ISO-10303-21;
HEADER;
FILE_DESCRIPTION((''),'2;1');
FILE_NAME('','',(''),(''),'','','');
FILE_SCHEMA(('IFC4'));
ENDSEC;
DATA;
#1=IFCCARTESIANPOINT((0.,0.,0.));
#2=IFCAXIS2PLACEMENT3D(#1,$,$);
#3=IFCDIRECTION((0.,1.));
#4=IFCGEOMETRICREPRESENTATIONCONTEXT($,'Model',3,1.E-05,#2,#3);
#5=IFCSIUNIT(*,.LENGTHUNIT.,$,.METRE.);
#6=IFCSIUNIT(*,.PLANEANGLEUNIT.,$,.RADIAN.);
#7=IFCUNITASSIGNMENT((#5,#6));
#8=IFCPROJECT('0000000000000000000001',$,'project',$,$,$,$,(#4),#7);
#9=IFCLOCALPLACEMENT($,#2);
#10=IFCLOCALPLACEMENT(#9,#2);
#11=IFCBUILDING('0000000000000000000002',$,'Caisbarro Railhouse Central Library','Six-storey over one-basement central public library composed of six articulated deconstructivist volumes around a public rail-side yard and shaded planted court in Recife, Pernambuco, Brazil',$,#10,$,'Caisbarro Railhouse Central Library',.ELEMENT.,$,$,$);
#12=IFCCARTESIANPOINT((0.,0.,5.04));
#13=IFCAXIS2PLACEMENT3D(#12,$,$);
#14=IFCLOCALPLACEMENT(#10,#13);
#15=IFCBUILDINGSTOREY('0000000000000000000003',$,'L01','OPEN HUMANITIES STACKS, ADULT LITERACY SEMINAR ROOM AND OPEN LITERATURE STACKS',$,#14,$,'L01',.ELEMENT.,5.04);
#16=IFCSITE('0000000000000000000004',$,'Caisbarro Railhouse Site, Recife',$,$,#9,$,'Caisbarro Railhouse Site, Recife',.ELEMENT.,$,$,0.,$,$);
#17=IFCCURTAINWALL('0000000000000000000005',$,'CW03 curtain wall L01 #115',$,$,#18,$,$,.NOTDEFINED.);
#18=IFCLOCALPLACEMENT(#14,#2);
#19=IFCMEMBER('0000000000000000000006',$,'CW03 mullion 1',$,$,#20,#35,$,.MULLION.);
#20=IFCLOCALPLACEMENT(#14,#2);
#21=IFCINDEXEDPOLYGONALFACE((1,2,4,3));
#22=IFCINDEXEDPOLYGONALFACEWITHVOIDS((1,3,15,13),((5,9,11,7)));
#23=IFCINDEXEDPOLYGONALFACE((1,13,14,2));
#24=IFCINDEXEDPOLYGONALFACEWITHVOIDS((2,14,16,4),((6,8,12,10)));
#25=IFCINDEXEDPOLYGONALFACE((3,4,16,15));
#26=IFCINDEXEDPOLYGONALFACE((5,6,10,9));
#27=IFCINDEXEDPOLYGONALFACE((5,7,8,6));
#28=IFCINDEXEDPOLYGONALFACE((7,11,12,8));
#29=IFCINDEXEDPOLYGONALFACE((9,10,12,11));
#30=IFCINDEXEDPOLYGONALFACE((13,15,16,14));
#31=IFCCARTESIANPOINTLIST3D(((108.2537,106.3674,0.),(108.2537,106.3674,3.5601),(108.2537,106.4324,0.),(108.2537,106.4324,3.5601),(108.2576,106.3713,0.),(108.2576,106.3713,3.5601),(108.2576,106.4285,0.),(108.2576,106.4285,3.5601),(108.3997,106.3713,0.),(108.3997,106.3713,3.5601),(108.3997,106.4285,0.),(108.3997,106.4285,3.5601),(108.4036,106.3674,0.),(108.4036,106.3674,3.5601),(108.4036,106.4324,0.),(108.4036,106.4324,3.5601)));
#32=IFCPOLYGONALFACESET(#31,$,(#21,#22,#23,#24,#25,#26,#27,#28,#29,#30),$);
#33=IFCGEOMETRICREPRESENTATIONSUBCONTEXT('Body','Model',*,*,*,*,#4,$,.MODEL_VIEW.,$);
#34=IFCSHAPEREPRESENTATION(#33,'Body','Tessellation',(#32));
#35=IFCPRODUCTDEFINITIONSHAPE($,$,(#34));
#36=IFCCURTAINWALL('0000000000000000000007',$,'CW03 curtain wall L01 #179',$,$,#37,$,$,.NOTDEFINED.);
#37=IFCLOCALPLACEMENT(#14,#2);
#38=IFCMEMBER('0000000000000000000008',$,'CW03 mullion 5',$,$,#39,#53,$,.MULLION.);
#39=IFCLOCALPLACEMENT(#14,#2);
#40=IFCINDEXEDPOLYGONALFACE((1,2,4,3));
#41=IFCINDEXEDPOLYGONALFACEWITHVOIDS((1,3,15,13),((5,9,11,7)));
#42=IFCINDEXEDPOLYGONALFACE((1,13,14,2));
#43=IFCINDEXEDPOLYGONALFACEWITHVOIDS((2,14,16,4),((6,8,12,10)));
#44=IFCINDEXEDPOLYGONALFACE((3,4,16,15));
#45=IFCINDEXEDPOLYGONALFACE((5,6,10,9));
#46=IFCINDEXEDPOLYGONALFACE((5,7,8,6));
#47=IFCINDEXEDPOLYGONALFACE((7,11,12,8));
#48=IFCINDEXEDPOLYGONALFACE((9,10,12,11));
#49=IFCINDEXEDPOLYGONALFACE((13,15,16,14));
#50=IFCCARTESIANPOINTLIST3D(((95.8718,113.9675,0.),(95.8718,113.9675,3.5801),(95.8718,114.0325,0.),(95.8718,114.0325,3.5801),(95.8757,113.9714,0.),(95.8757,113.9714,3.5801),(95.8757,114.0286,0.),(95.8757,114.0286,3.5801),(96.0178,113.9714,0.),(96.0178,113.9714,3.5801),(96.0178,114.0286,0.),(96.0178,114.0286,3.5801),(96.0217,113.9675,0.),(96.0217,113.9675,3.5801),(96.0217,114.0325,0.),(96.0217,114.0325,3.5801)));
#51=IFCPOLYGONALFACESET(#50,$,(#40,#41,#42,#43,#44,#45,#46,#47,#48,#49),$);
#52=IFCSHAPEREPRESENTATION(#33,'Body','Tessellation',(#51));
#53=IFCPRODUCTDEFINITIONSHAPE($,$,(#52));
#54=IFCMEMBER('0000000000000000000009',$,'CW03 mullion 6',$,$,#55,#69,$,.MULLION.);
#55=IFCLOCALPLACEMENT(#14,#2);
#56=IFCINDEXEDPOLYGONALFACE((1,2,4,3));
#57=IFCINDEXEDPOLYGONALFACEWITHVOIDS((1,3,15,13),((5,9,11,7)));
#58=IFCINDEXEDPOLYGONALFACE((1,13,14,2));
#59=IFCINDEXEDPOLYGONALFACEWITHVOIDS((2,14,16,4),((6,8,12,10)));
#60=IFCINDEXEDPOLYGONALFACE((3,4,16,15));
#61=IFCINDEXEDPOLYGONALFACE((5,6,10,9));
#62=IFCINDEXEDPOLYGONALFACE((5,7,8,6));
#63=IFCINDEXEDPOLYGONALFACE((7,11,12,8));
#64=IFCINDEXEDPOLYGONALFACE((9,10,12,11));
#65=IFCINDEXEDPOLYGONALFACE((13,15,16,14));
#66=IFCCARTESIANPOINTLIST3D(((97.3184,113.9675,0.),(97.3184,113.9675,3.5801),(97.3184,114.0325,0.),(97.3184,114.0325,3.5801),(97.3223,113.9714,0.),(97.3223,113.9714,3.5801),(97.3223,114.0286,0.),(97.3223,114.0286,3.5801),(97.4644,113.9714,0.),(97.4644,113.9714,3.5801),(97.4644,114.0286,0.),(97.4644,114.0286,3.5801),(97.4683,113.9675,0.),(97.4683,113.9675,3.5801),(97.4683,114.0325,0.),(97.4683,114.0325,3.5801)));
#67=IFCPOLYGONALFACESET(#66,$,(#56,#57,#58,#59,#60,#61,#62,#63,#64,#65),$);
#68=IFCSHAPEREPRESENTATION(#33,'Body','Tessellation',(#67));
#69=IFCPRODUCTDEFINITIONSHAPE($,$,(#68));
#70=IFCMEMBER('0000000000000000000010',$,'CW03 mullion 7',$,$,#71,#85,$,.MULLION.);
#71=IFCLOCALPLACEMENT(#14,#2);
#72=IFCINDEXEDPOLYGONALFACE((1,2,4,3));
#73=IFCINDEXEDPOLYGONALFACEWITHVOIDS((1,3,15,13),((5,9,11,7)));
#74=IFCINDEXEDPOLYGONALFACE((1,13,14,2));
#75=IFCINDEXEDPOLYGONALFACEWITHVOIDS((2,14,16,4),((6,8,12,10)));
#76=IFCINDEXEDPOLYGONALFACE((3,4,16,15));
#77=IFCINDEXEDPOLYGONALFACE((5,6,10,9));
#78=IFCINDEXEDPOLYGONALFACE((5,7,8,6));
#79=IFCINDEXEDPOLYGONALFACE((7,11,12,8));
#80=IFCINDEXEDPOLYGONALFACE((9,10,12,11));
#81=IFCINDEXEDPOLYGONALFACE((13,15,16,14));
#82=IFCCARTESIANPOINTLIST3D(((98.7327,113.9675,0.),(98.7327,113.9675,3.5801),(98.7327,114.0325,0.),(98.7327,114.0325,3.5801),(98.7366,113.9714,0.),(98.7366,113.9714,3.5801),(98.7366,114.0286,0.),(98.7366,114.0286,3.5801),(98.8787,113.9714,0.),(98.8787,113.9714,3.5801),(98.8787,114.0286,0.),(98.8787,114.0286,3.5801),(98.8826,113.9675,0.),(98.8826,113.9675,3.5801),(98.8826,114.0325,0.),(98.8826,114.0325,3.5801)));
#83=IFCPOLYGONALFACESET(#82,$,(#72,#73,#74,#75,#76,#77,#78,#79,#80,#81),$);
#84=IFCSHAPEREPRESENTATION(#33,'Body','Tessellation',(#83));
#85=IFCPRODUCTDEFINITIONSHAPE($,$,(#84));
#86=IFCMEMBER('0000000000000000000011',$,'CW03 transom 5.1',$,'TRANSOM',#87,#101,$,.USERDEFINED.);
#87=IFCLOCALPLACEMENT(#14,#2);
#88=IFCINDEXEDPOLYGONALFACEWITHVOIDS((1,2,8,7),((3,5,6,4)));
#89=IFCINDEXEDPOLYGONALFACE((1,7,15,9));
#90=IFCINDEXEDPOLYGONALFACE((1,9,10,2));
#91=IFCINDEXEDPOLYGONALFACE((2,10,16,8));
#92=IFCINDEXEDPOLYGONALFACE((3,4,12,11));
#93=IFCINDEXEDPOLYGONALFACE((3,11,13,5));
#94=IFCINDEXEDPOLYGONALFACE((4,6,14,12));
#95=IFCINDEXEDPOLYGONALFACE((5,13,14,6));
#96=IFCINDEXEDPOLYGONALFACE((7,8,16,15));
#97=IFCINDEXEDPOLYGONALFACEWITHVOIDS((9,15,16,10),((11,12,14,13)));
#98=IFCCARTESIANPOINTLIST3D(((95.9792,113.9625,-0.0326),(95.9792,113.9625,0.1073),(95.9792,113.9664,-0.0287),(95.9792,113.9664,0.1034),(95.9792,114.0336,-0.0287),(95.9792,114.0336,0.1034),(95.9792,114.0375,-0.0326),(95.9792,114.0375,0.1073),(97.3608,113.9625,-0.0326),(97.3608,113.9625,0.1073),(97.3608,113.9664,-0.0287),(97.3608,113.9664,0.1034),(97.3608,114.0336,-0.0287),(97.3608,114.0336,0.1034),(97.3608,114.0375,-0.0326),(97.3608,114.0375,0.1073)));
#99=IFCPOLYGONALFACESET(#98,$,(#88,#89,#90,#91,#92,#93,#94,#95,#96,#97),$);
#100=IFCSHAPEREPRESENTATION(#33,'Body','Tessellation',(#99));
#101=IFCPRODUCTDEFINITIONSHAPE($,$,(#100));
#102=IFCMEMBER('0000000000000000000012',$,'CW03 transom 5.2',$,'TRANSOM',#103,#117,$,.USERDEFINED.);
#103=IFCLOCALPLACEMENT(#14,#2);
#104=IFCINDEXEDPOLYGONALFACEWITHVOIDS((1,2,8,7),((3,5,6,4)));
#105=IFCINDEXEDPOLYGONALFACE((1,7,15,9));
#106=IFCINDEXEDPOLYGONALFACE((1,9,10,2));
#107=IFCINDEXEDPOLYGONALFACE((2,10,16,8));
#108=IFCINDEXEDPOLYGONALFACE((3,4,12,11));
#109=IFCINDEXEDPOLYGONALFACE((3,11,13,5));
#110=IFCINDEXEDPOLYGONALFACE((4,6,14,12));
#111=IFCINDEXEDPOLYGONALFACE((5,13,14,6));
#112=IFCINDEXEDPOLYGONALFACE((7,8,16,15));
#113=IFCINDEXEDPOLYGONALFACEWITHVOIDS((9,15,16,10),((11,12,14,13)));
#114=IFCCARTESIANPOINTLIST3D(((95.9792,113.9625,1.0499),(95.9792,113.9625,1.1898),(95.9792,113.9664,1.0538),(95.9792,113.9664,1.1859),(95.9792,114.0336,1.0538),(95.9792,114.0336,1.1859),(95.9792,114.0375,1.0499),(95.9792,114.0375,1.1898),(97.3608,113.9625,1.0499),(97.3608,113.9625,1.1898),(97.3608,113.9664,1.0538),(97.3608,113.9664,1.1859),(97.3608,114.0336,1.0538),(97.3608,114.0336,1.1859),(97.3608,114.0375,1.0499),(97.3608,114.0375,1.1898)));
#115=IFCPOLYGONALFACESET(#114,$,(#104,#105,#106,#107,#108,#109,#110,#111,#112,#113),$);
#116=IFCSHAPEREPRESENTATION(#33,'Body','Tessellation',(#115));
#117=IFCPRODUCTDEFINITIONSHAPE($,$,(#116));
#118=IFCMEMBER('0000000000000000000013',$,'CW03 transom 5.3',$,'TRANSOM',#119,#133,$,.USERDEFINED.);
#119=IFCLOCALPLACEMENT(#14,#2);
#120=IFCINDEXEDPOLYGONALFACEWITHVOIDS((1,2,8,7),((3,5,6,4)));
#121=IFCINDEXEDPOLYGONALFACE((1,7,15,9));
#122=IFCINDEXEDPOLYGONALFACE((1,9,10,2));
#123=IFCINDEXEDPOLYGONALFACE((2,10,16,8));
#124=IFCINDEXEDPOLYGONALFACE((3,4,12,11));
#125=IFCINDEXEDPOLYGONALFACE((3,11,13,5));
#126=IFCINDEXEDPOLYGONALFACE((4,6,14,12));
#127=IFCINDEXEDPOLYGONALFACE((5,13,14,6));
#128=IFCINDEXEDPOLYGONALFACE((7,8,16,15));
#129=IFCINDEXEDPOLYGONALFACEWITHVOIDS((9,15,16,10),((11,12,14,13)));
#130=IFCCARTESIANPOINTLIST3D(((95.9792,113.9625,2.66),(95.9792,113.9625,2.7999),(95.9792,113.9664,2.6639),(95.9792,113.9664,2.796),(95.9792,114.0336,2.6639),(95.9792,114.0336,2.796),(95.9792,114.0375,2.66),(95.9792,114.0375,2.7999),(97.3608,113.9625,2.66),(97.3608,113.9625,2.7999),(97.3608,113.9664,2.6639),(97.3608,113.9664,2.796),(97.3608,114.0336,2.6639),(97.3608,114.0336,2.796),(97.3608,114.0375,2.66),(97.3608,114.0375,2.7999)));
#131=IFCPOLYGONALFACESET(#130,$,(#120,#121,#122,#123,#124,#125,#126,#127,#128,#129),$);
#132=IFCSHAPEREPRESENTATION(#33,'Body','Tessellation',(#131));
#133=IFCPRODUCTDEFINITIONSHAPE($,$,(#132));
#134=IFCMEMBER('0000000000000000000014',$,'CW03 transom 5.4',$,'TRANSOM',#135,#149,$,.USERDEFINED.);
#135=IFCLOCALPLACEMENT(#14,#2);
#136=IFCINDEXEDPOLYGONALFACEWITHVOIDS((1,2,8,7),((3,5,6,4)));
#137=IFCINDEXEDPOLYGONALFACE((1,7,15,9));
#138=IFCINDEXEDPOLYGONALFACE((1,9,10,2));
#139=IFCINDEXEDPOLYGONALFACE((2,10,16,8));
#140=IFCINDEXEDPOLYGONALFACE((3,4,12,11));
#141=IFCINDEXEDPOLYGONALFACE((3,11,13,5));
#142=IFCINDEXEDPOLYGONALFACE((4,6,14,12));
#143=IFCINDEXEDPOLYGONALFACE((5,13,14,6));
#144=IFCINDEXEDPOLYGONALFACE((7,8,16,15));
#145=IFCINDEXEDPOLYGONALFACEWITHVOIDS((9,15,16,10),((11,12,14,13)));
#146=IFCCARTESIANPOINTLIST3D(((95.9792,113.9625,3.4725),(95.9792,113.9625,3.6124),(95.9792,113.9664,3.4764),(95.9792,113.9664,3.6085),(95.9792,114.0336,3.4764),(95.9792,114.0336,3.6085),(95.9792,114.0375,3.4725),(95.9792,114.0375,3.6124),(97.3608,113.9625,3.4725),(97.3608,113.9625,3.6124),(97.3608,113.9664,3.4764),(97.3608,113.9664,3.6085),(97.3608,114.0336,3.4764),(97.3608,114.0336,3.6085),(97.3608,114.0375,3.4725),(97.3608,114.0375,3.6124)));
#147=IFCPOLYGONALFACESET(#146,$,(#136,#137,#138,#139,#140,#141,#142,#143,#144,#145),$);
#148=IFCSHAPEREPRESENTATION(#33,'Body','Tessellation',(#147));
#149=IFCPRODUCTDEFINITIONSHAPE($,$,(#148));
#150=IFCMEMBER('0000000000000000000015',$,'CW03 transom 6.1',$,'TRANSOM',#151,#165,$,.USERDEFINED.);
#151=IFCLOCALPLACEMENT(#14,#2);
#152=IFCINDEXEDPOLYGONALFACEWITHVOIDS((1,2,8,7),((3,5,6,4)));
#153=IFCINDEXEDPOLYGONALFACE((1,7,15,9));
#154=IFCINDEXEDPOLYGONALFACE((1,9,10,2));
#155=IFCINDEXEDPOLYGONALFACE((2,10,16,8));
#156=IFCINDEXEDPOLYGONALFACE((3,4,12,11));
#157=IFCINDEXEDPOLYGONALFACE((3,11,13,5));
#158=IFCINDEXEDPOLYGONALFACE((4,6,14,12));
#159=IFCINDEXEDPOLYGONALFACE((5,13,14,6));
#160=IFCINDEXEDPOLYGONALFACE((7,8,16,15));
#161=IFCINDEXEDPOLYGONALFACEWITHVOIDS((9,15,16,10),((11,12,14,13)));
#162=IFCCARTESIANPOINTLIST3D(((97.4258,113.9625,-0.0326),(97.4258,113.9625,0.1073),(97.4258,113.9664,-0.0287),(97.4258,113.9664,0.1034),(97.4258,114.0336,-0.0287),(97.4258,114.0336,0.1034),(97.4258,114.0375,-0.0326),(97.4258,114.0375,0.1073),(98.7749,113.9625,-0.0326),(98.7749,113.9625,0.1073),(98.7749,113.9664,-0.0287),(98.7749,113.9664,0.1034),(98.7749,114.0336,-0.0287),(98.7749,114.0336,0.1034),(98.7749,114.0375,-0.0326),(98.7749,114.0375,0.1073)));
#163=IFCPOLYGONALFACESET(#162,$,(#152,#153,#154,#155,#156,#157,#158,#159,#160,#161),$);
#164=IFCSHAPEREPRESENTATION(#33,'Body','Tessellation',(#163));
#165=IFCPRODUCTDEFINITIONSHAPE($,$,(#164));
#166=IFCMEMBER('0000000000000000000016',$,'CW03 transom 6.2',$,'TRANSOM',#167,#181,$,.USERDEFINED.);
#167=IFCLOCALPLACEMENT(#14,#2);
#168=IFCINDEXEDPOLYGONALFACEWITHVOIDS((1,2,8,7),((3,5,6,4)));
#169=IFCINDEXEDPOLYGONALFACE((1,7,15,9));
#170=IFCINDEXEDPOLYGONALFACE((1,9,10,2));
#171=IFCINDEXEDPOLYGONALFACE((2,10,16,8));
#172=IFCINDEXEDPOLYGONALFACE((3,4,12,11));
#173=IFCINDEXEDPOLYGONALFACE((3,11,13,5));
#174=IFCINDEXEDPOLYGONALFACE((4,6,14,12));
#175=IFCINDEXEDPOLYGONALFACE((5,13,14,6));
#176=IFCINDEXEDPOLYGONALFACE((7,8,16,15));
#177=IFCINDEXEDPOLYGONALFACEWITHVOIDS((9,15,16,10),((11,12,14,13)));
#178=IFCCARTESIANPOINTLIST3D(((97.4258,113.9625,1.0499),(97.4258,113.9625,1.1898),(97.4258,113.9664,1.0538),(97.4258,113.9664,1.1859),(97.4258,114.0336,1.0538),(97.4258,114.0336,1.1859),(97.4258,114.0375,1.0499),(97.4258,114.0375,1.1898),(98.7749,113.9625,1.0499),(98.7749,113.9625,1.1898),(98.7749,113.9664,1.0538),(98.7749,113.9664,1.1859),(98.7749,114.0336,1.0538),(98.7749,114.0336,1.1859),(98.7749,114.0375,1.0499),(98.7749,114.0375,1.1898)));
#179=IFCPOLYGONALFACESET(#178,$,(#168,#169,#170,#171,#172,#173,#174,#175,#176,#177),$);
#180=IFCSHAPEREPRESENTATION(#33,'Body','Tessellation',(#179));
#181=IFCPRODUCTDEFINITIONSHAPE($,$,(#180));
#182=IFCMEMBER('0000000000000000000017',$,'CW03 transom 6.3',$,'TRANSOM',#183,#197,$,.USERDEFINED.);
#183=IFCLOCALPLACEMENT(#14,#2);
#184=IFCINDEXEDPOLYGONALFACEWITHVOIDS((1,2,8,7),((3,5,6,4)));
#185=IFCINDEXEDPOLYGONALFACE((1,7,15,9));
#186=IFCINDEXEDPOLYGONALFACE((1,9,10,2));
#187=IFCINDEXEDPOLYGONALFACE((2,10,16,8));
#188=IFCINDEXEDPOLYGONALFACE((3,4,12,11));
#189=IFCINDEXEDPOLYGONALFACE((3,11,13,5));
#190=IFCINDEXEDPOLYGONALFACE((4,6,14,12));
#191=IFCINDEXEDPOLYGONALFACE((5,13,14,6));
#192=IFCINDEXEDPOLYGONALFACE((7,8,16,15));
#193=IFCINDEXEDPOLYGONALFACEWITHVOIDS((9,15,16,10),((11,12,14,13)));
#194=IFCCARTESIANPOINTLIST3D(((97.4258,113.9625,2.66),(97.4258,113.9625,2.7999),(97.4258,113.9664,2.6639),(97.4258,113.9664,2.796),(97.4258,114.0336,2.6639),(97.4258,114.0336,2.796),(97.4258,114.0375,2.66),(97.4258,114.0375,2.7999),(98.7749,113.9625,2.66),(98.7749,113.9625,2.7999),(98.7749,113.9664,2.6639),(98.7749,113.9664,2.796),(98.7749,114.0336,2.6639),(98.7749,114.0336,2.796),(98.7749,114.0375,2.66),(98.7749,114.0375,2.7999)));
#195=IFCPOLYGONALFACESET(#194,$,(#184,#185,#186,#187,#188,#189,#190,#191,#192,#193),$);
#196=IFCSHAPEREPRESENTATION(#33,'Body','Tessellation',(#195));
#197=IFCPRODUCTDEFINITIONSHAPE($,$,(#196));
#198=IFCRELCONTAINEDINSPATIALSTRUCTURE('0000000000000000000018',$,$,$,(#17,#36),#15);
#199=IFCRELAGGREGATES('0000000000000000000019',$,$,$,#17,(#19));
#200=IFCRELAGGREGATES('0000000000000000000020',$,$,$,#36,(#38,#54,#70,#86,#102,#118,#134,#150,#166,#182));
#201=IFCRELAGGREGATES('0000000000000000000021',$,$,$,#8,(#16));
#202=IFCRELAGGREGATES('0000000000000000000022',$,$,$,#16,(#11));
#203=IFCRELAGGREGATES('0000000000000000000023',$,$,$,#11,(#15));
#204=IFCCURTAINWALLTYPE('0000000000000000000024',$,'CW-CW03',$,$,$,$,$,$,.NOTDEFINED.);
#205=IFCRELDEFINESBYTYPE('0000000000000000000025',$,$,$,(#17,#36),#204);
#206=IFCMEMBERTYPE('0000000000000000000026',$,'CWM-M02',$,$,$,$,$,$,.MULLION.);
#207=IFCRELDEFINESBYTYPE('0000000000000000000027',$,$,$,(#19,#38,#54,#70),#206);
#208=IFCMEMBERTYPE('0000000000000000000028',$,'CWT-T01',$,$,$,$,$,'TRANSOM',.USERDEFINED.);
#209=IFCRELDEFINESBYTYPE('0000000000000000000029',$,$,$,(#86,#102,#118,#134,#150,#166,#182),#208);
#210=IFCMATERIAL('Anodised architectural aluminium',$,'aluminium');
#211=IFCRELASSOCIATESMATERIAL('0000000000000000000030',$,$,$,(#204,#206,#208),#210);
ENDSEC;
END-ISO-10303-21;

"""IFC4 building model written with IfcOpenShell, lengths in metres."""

from ifc_helpers import new_model, si_unit, direction, frame, origin, origin_2d, place, context, subcontext, project, spatial, hollow_rectangle, extrude, material, material_profile, profile_set, type_object, element, aggregate, save


model = new_model("IFC4")

# Units and contexts
model_context = context("Model", 3, precision=1e-05, world=origin(), true_north=direction((0.0, 1.0)))
body_context = subcontext(model_context, "Body", "Model", "MODEL_VIEW")
ifc_project = project(units=[si_unit("LENGTHUNIT", "METRE"), si_unit("PLANEANGLEUNIT", "RADIAN")], contexts=[model_context])

# Site, building, storey
site_placement = place(None, origin())
site = spatial("IfcSite", under=ifc_project, at=site_placement, Name="Caisbarro Railhouse Site, Recife", LongName="Caisbarro Railhouse Site, Recife", CompositionType="ELEMENT", RefElevation=0.0)
building_placement = place(site_placement, origin())
building = spatial("IfcBuilding", under=site, at=building_placement, Name="Caisbarro Railhouse Central Library", Description="Six-storey over one-basement central public library composed of six articulated deconstructivist volumes around a public rail-side yard and shaded planted court in Recife, Pernambuco, Brazil", LongName="Caisbarro Railhouse Central Library", CompositionType="ELEMENT")
storey_placement = place(building_placement, frame((0.0, 0.0, 5.04)))
storey = spatial("IfcBuildingStorey", under=building, at=storey_placement, Name="L01", Description="OPEN HUMANITIES STACKS, ADULT LITERACY SEMINAR ROOM AND OPEN LITERATURE STACKS", LongName="L01", CompositionType="ELEMENT", Elevation=5.04)

# Curtain wall, member
ifc_material_1 = material(Name="Anodised architectural aluminium", Category="aluminium")
curtain_wall_type_1 = type_object("IfcCurtainWallType", Name="CW-CW03", PredefinedType="NOTDEFINED", material=ifc_material_1)
curtain_wall_1_placement = place(storey_placement, origin())
curtain_wall_1 = element("IfcCurtainWall", 1, at=curtain_wall_1_placement, inside=storey, type_object=curtain_wall_type_1, Name="CW03 curtain wall L01 #115", PredefinedType="NOTDEFINED")
ifc_material_profile_1 = material_profile(ifc_material_1, hollow_rectangle(XDim=0.0649, YDim=0.1499, WallThickness=0.0039, at=origin_2d()), Name="ALU-MUL-65X150")
ifc_profile_set_1 = profile_set([ifc_material_profile_1], Name="Anodised architectural aluminium")
member_type_1 = type_object("IfcMemberType", Name="CWM-M02", PredefinedType="MULLION", material=ifc_profile_set_1)
member_1_placement = place(storey_placement, frame((108.3286, 106.3999, 0.0), z_axis=(0.0, 0.0, 1.0), x_axis=(0.0, 1.0, 0.0)))
member_1 = element("IfcMember", 2, at=member_1_placement, type_object=member_type_1, Name="CW03 mullion 1", PredefinedType="MULLION", context=body_context, shape_type="SweptSolid", body=[
    extrude(hollow_rectangle(XDim=0.0649, YDim=0.1499, WallThickness=0.0039, at=origin_2d()), origin(), (0.0, 0.0, 1.0), 3.5601),
])

# Curtain wall, members
curtain_wall_2_placement = place(storey_placement, origin())
curtain_wall_2 = element("IfcCurtainWall", 3, at=curtain_wall_2_placement, inside=storey, type_object=curtain_wall_type_1, Name="CW03 curtain wall L01 #179", PredefinedType="NOTDEFINED")
member_2_placement = place(storey_placement, frame((95.9468, 114.0, 0.0), z_axis=(0.0, 0.0, 1.0), x_axis=(0.0, 1.0, 0.0)))
member_2 = element("IfcMember", 4, at=member_2_placement, type_object=member_type_1, Name="CW03 mullion 5", PredefinedType="MULLION", context=body_context, shape_type="SweptSolid", body=[
    extrude(hollow_rectangle(XDim=0.0649, YDim=0.1499, WallThickness=0.0039, at=origin_2d()), origin(), (0.0, 0.0, 1.0), 3.5801),
])
member_3_placement = place(storey_placement, frame((97.3933, 114.0, 0.0), z_axis=(0.0, 0.0, 1.0), x_axis=(0.0, 1.0, 0.0)))
member_3 = element("IfcMember", 5, at=member_3_placement, type_object=member_type_1, Name="CW03 mullion 6", PredefinedType="MULLION", context=body_context, shape_type="SweptSolid", body=[
    extrude(hollow_rectangle(XDim=0.0649, YDim=0.1499, WallThickness=0.0039, at=origin_2d()), origin(), (0.0, 0.0, 1.0), 3.5801),
])
member_4_placement = place(storey_placement, frame((98.8076, 114.0, 0.0), z_axis=(0.0, 0.0, 1.0), x_axis=(0.0, 1.0, 0.0)))
member_4 = element("IfcMember", 6, at=member_4_placement, type_object=member_type_1, Name="CW03 mullion 7", PredefinedType="MULLION", context=body_context, shape_type="SweptSolid", body=[
    extrude(hollow_rectangle(XDim=0.0649, YDim=0.1499, WallThickness=0.0039, at=origin_2d()), origin(), (0.0, 0.0, 1.0), 3.5801),
])
ifc_material_profile_2 = material_profile(ifc_material_1, hollow_rectangle(XDim=0.075, YDim=0.1399, WallThickness=0.0039, at=origin_2d()), Name="ALU-TRN-75X140")
ifc_profile_set_2 = profile_set([ifc_material_profile_2], Name="Anodised architectural aluminium")
member_type_2 = type_object("IfcMemberType", Name="CWT-T01", ElementType="TRANSOM", PredefinedType="USERDEFINED", material=ifc_profile_set_2)
member_5_placement = place(storey_placement, frame((95.9792, 114.0, 0.0374), z_axis=(1.0, 0.0, 0.0), x_axis=(0.0, 1.0, 0.0)))
member_5 = element("IfcMember", 7, at=member_5_placement, type_object=member_type_2, Name="CW03 transom 5.1", ObjectType="TRANSOM", PredefinedType="USERDEFINED", context=body_context, shape_type="SweptSolid", body=[
    extrude(hollow_rectangle(XDim=0.075, YDim=0.1399, WallThickness=0.0039, at=origin_2d()), origin(), (0.0, 0.0, 1.0), 1.3816),
])
member_6_placement = place(storey_placement, frame((95.9792, 114.0, 1.1199), z_axis=(1.0, 0.0, 0.0), x_axis=(0.0, 1.0, 0.0)))
member_6 = element("IfcMember", 8, at=member_6_placement, type_object=member_type_2, Name="CW03 transom 5.2", ObjectType="TRANSOM", PredefinedType="USERDEFINED", context=body_context, shape_type="SweptSolid", body=[
    extrude(hollow_rectangle(XDim=0.075, YDim=0.1399, WallThickness=0.0039, at=origin_2d()), origin(), (0.0, 0.0, 1.0), 1.3816),
])
member_7_placement = place(storey_placement, frame((95.9792, 114.0, 2.73), z_axis=(1.0, 0.0, 0.0), x_axis=(0.0, 1.0, 0.0)))
member_7 = element("IfcMember", 9, at=member_7_placement, type_object=member_type_2, Name="CW03 transom 5.3", ObjectType="TRANSOM", PredefinedType="USERDEFINED", context=body_context, shape_type="SweptSolid", body=[
    extrude(hollow_rectangle(XDim=0.075, YDim=0.1399, WallThickness=0.0039, at=origin_2d()), origin(), (0.0, 0.0, 1.0), 1.3816),
])
member_8_placement = place(storey_placement, frame((95.9792, 114.0, 3.5425), z_axis=(1.0, 0.0, 0.0), x_axis=(0.0, 1.0, 0.0)))
member_8 = element("IfcMember", 10, at=member_8_placement, type_object=member_type_2, Name="CW03 transom 5.4", ObjectType="TRANSOM", PredefinedType="USERDEFINED", context=body_context, shape_type="SweptSolid", body=[
    extrude(hollow_rectangle(XDim=0.075, YDim=0.1399, WallThickness=0.0039, at=origin_2d()), origin(), (0.0, 0.0, 1.0), 1.3816),
])
member_9_placement = place(storey_placement, frame((97.4258, 114.0, 0.0374), z_axis=(1.0, 0.0, 0.0), x_axis=(0.0, 1.0, 0.0)))
member_9 = element("IfcMember", 11, at=member_9_placement, type_object=member_type_2, Name="CW03 transom 6.1", ObjectType="TRANSOM", PredefinedType="USERDEFINED", context=body_context, shape_type="SweptSolid", body=[
    extrude(hollow_rectangle(XDim=0.075, YDim=0.1399, WallThickness=0.0039, at=origin_2d()), origin(), (0.0, 0.0, 1.0), 1.3491),
])
member_10_placement = place(storey_placement, frame((97.4258, 114.0, 1.1199), z_axis=(1.0, 0.0, 0.0), x_axis=(0.0, 1.0, 0.0)))
member_10 = element("IfcMember", 12, at=member_10_placement, type_object=member_type_2, Name="CW03 transom 6.2", ObjectType="TRANSOM", PredefinedType="USERDEFINED", context=body_context, shape_type="SweptSolid", body=[
    extrude(hollow_rectangle(XDim=0.075, YDim=0.1399, WallThickness=0.0039, at=origin_2d()), origin(), (0.0, 0.0, 1.0), 1.3491),
])
member_11_placement = place(storey_placement, frame((97.4258, 114.0, 2.73), z_axis=(1.0, 0.0, 0.0), x_axis=(0.0, 1.0, 0.0)))
member_11 = element("IfcMember", 13, at=member_11_placement, type_object=member_type_2, Name="CW03 transom 6.3", ObjectType="TRANSOM", PredefinedType="USERDEFINED", context=body_context, shape_type="SweptSolid", body=[
    extrude(hollow_rectangle(XDim=0.075, YDim=0.1399, WallThickness=0.0039, at=origin_2d()), origin(), (0.0, 0.0, 1.0), 1.3491),
])

aggregate(curtain_wall_1, [member_1])

aggregate(curtain_wall_2, [member_2, member_3, member_4, member_5, member_6, member_7, member_8, member_9, member_10, member_11])

save(model, "model.ifc")
